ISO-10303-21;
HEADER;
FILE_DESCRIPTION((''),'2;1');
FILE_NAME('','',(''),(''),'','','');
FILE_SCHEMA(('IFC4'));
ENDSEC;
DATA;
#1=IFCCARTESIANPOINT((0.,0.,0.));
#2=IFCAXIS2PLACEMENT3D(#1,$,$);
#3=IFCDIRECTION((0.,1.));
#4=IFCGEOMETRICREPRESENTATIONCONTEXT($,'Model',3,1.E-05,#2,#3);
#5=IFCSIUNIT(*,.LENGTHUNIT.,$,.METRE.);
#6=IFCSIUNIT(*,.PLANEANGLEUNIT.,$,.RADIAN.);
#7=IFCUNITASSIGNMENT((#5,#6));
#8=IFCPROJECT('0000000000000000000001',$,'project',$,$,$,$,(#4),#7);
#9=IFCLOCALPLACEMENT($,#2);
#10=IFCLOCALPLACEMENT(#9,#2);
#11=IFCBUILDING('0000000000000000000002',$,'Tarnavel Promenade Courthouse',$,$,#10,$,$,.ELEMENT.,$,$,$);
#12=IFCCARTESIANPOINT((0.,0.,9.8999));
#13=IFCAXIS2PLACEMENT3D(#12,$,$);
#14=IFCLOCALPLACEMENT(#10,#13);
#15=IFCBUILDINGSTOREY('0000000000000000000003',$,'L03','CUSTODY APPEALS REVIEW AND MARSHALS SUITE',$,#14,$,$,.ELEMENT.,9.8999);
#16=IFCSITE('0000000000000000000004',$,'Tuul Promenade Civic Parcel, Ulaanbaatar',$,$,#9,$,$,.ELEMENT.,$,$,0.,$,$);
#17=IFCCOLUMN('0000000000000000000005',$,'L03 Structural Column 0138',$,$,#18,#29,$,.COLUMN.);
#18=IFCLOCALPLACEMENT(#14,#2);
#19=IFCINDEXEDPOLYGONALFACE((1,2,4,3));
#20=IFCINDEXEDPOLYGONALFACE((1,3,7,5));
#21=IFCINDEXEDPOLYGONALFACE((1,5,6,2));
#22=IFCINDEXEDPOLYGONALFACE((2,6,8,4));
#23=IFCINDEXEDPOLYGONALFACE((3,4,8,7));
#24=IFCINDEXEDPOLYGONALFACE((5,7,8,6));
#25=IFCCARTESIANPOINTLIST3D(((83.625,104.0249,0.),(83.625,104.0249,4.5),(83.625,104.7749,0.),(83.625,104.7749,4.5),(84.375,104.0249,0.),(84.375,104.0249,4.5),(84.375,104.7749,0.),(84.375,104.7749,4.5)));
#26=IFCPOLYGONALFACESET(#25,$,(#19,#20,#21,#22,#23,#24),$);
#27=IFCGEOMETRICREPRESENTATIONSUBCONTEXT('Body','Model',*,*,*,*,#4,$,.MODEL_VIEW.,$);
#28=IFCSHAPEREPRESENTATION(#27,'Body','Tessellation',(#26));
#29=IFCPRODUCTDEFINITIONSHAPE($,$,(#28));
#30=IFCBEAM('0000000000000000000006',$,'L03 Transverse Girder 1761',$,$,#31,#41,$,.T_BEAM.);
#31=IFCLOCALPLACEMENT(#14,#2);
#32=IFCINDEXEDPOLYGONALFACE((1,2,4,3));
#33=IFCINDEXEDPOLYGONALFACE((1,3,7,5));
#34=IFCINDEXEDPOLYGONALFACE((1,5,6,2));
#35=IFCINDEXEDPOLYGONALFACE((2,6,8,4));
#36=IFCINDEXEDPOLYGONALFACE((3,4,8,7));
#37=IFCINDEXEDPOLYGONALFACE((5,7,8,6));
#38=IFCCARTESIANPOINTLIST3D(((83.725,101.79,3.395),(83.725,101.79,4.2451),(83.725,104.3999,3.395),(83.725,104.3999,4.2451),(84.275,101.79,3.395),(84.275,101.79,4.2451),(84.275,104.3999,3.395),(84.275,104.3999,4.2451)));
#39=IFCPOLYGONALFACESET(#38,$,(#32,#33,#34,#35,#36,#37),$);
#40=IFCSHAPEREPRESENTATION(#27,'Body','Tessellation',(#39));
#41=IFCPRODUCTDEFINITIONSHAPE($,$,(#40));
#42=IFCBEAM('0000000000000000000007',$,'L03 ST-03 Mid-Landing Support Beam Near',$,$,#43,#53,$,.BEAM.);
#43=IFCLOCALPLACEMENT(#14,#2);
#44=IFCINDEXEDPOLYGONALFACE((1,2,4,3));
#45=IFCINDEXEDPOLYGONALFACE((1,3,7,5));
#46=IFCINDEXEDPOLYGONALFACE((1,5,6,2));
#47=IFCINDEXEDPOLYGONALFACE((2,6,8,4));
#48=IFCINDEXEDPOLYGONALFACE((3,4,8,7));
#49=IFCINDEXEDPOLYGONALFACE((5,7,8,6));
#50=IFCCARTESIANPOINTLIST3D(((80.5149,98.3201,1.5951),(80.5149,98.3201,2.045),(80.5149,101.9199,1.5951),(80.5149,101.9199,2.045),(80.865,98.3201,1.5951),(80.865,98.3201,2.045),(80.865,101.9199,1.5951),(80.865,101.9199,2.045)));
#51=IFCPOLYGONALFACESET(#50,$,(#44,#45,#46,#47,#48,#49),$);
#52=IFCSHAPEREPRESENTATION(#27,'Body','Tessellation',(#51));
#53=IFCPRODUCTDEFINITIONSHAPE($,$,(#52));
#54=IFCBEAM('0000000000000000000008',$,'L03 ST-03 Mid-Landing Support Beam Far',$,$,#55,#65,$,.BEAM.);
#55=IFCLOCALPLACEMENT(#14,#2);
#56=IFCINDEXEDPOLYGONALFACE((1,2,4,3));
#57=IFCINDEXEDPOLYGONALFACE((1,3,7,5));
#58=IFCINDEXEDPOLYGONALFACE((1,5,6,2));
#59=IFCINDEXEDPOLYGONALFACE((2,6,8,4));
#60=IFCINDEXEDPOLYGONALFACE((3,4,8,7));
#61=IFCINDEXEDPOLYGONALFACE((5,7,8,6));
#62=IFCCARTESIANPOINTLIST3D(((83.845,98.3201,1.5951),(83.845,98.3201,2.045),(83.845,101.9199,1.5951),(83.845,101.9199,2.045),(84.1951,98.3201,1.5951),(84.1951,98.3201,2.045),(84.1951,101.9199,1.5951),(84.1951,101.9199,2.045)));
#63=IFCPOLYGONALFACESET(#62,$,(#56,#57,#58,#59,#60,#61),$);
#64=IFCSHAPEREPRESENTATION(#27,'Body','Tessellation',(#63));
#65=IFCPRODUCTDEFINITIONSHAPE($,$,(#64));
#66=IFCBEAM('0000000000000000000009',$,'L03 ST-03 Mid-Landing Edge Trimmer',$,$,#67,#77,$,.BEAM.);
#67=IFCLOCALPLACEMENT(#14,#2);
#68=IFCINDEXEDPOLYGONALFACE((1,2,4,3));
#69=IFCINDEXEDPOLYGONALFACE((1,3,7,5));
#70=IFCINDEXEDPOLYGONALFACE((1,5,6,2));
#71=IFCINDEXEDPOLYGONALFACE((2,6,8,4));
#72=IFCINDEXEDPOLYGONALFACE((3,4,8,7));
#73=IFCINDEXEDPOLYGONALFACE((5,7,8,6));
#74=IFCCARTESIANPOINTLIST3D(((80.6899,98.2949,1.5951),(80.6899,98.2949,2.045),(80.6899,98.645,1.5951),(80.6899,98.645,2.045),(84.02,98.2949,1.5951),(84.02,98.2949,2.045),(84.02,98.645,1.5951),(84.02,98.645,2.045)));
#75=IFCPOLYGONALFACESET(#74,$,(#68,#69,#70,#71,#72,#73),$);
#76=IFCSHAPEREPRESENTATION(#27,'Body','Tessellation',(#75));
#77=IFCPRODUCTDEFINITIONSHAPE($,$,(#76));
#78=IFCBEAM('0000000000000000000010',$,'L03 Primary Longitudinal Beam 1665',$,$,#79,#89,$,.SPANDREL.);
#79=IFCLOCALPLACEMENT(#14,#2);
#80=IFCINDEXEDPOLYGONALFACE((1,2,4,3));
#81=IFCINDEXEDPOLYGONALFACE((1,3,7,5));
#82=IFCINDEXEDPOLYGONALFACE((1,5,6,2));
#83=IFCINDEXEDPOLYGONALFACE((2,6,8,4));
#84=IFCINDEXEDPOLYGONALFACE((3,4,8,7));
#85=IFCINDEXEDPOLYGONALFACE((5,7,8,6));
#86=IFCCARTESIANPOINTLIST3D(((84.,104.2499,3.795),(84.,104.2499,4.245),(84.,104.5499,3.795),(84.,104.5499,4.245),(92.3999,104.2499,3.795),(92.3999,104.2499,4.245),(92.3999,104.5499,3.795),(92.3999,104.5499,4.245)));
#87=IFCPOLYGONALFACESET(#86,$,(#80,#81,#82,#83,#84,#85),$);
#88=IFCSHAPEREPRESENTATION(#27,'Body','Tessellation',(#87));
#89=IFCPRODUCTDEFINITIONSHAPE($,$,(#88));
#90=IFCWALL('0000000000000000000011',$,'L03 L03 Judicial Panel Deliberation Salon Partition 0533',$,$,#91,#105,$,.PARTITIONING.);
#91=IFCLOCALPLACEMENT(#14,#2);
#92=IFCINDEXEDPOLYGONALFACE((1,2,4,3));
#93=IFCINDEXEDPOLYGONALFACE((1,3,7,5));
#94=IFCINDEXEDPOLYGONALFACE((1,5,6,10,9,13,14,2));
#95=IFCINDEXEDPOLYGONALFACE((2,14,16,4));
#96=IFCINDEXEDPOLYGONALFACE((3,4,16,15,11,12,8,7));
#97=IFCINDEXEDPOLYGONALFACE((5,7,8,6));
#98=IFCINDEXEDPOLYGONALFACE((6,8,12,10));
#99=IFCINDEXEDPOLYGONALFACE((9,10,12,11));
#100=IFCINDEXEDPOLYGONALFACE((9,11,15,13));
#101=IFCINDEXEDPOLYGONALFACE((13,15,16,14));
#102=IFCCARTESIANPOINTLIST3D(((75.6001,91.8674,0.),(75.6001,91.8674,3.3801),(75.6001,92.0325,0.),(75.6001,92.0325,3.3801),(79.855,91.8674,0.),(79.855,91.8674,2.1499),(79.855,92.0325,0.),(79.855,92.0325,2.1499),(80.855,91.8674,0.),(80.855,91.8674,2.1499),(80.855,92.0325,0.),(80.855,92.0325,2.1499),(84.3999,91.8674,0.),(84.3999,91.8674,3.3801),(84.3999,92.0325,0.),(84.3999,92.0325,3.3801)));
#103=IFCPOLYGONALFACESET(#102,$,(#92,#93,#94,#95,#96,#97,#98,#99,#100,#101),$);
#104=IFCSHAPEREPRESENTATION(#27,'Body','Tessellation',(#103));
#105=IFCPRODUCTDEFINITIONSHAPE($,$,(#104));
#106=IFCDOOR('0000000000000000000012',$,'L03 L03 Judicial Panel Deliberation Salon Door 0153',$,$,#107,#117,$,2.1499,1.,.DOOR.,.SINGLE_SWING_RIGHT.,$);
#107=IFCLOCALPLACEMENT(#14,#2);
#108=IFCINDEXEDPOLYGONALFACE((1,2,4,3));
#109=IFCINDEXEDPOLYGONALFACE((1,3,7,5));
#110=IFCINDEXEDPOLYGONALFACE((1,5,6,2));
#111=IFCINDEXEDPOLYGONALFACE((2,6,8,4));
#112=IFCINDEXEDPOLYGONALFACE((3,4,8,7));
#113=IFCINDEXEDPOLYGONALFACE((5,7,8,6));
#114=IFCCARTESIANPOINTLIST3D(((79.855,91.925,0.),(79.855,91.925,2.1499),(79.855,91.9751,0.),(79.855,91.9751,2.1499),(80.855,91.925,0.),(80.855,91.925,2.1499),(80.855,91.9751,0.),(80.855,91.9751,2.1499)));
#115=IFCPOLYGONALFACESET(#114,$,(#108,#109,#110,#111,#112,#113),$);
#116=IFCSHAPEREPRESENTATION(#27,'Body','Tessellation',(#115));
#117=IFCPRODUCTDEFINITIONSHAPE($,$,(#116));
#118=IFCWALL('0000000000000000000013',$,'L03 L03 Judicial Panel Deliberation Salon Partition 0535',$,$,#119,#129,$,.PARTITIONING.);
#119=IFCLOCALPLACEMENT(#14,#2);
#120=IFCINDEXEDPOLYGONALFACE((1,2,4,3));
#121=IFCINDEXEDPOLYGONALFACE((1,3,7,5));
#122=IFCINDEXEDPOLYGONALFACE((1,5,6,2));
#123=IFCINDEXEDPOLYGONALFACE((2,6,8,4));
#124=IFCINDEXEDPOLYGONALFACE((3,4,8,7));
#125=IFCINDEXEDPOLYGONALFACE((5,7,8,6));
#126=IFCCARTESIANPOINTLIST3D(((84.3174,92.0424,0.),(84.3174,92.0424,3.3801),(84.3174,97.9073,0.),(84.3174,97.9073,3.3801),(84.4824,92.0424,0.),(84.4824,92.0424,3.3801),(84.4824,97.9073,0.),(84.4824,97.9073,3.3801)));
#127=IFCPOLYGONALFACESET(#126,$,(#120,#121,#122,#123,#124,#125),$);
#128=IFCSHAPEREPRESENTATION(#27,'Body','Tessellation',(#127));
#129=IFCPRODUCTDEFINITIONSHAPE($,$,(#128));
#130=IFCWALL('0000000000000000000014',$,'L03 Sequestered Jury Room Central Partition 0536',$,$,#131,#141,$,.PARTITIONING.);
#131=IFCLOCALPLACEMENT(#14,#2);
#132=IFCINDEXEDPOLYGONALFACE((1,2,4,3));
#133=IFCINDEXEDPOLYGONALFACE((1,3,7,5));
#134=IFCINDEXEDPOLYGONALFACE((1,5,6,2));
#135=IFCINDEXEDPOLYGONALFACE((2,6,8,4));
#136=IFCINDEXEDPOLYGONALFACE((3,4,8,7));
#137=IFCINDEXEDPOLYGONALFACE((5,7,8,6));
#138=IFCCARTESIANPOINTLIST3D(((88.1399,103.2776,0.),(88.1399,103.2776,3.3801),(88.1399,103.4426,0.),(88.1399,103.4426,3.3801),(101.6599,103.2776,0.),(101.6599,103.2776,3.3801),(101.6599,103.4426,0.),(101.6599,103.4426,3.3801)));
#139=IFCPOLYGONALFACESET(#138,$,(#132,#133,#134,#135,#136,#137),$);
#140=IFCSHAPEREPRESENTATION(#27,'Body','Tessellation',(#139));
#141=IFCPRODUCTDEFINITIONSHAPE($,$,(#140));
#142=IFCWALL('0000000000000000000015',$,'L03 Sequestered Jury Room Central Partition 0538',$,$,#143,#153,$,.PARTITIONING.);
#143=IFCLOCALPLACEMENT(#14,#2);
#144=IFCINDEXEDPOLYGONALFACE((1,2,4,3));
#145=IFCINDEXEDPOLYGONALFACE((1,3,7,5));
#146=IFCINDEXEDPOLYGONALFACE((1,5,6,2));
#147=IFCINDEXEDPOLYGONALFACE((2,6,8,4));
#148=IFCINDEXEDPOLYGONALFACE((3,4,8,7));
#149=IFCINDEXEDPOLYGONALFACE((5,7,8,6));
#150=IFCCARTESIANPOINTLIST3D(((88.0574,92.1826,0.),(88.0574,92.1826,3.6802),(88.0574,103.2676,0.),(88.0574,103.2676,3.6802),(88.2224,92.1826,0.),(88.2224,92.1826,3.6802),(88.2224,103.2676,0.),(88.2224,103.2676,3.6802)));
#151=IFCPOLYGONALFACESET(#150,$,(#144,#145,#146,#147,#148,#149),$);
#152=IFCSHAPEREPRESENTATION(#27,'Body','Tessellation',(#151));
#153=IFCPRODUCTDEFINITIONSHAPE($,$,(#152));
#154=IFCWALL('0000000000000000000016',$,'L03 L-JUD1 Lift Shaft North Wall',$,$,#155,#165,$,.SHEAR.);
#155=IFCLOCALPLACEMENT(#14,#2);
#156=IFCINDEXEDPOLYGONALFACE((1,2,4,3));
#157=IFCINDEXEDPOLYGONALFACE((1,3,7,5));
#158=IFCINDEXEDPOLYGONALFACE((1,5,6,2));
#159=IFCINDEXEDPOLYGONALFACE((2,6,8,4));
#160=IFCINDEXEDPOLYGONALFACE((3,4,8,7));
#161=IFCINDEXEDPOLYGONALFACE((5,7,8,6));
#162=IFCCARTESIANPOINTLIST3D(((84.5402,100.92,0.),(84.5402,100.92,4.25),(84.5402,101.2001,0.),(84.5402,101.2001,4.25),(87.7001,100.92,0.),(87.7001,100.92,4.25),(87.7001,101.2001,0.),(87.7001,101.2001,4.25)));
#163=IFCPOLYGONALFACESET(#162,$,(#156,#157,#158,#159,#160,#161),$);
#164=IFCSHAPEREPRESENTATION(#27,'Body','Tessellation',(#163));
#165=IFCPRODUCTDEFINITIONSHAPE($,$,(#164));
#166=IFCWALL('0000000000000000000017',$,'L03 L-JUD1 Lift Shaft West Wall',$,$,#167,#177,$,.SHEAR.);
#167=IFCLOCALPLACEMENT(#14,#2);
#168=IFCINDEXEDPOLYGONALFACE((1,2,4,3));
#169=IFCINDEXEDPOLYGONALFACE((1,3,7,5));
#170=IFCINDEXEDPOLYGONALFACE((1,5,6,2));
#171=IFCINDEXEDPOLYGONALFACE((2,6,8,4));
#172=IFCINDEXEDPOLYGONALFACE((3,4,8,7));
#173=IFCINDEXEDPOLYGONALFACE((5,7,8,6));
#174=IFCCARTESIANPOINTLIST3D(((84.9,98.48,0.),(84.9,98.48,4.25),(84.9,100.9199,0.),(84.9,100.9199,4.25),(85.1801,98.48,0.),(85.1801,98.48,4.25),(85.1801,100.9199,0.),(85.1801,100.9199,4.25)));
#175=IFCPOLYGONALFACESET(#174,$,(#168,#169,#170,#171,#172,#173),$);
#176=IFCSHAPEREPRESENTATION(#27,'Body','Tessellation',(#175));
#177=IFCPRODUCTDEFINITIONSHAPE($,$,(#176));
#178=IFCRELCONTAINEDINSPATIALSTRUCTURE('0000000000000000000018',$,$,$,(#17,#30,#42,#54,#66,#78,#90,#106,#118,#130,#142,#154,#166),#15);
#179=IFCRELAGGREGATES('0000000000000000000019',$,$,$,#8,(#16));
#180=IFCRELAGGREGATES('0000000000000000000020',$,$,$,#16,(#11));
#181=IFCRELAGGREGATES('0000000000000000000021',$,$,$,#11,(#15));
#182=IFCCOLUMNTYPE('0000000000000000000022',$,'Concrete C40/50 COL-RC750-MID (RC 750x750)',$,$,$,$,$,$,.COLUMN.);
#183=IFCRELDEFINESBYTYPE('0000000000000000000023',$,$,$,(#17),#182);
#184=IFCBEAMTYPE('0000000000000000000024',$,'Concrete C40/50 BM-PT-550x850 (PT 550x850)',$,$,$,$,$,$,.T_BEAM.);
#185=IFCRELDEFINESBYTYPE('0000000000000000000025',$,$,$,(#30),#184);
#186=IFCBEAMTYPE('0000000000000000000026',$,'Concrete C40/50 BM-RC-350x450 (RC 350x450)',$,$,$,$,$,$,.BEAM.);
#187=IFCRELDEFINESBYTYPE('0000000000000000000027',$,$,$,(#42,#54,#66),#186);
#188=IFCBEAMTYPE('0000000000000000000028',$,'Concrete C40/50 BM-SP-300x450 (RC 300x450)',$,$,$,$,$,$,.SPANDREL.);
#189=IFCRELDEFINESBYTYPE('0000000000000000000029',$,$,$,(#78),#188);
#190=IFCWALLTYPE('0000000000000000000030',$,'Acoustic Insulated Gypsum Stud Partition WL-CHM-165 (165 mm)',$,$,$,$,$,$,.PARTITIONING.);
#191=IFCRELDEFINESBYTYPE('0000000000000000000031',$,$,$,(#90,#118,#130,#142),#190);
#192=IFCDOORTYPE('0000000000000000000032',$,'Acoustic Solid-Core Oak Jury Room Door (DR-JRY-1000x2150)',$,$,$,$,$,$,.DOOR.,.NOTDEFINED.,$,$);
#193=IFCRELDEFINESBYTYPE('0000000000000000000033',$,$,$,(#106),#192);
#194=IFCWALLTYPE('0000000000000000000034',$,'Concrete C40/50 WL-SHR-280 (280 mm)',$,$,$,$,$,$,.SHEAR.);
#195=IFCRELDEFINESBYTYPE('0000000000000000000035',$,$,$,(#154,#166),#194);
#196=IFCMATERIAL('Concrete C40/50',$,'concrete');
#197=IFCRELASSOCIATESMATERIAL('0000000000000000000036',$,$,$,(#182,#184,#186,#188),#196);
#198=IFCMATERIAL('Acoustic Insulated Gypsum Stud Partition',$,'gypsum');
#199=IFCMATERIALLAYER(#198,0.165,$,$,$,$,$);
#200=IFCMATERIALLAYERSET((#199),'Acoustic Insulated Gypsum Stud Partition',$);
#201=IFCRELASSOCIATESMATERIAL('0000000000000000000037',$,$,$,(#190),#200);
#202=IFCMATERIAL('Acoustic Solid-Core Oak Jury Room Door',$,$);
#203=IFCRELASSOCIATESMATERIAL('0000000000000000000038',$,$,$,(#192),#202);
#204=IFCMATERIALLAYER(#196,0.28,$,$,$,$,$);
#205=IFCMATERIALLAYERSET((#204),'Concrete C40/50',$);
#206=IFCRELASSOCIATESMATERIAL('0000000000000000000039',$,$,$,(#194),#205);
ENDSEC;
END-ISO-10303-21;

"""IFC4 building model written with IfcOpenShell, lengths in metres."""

from ifc_helpers import new_model, si_unit, direction, frame, frame_2d, origin, origin_2d, place, context, subcontext, project, spatial, rectangle, extrude, material, layer, layer_set, material_profile, profile_set, type_object, element, fill, save


model = new_model("IFC4")

# Units and contexts
model_context = context("Model", 3, precision=1e-05, world=origin(), true_north=direction((0.0, 1.0)))
body_context = subcontext(model_context, "Body", "Model", "MODEL_VIEW")
ifc_project = project(units=[si_unit("LENGTHUNIT", "METRE"), si_unit("PLANEANGLEUNIT", "RADIAN")], contexts=[model_context])

# Site, building, storey
site_placement = place(None, origin())
site = spatial("IfcSite", under=ifc_project, at=site_placement, Name="Tuul Promenade Civic Parcel, Ulaanbaatar", CompositionType="ELEMENT", RefElevation=0.0)
building_placement = place(site_placement, origin())
building = spatial("IfcBuilding", under=site, at=building_placement, Name="Tarnavel Promenade Courthouse", CompositionType="ELEMENT")
storey_placement = place(building_placement, frame((0.0, 0.0, 9.8999)))
storey = spatial("IfcBuildingStorey", under=building, at=storey_placement, Name="L03", Description="CUSTODY APPEALS REVIEW AND MARSHALS SUITE", CompositionType="ELEMENT", Elevation=9.8999)

# Column
ifc_material_1 = material(Name="Concrete C40/50", Category="concrete")
ifc_material_profile_1 = material_profile(ifc_material_1, rectangle(XDim=0.75, YDim=0.75, at=origin_2d()), Name="RC 750x750")
ifc_profile_set_1 = profile_set([ifc_material_profile_1], Name="Concrete C40/50")
column_type = type_object("IfcColumnType", Name="Concrete C40/50 COL-RC750-MID (RC 750x750)", PredefinedType="COLUMN", material=ifc_profile_set_1)
column_placement = place(storey_placement, frame((84.0, 104.3999, 0.0), z_axis=(0.0, 0.0, 1.0), x_axis=(1.0, 0.0, 0.0)))
element("IfcColumn", 1, at=column_placement, inside=storey, type_object=column_type, Name="L03 Structural Column 0138", PredefinedType="COLUMN", context=body_context, shape_type="SweptSolid", body=[
    extrude(rectangle(XDim=0.75, YDim=0.75, at=origin_2d()), origin(), (0.0, 0.0, 1.0), 4.5),
])

# Beams
ifc_material_profile_2 = material_profile(ifc_material_1, rectangle(XDim=0.55, YDim=0.8501, at=origin_2d()), Name="PT 550x850")
ifc_profile_set_2 = profile_set([ifc_material_profile_2], Name="Concrete C40/50")
beam_type_1 = type_object("IfcBeamType", Name="Concrete C40/50 BM-PT-550x850 (PT 550x850)", PredefinedType="T_BEAM", material=ifc_profile_set_2)
beam_1_placement = place(storey_placement, frame((84.0, 101.79, 3.8201), z_axis=(0.0, 1.0, 0.0), x_axis=(-1.0, 0.0, 0.0)))
element("IfcBeam", 2, at=beam_1_placement, inside=storey, type_object=beam_type_1, Name="L03 Transverse Girder 1761", PredefinedType="T_BEAM", context=body_context, shape_type="SweptSolid", body=[
    extrude(rectangle(XDim=0.55, YDim=0.8501, at=origin_2d()), origin(), (0.0, 0.0, 1.0), 2.6099),
])
ifc_material_profile_3 = material_profile(ifc_material_1, rectangle(XDim=0.3501, YDim=0.45, at=origin_2d()), Name="RC 350x450")
ifc_profile_set_3 = profile_set([ifc_material_profile_3], Name="Concrete C40/50")
beam_type_2 = type_object("IfcBeamType", Name="Concrete C40/50 BM-RC-350x450 (RC 350x450)", PredefinedType="BEAM", material=ifc_profile_set_3)
for number, where, z_axis, x_axis, name in (
    (3, (80.6899, 98.3201, 1.8201), (0.0, 1.0, 0.0), (-1.0, 0.0, 0.0), "L03 ST-03 Mid-Landing Support Beam Near"),
    (4, (84.02, 98.3201, 1.8201), (0.0, 1.0, 0.0), (-1.0, 0.0, 0.0), "L03 ST-03 Mid-Landing Support Beam Far"),
):
    element("IfcBeam", number, at=place(storey_placement, frame(where, z_axis=z_axis, x_axis=x_axis)), inside=storey, type_object=beam_type_2, Name=name, PredefinedType="BEAM", context=body_context, shape_type="SweptSolid", body=[
        extrude(rectangle(XDim=0.3501, YDim=0.45, at=origin_2d()), origin(), (0.0, 0.0, 1.0), 3.5999),
    ])
beam_2_placement = place(storey_placement, frame((80.6899, 98.47, 1.8201), z_axis=(1.0, 0.0, 0.0), x_axis=(0.0, 1.0, 0.0)))
element("IfcBeam", 5, at=beam_2_placement, inside=storey, type_object=beam_type_2, Name="L03 ST-03 Mid-Landing Edge Trimmer", PredefinedType="BEAM", context=body_context, shape_type="SweptSolid", body=[
    extrude(rectangle(XDim=0.3501, YDim=0.45, at=origin_2d()), origin(), (0.0, 0.0, 1.0), 3.3301),
])
ifc_material_profile_4 = material_profile(ifc_material_1, rectangle(XDim=0.3, YDim=0.45, at=origin_2d()), Name="RC 300x450")
ifc_profile_set_4 = profile_set([ifc_material_profile_4], Name="Concrete C40/50")
beam_type_3 = type_object("IfcBeamType", Name="Concrete C40/50 BM-SP-300x450 (RC 300x450)", PredefinedType="SPANDREL", material=ifc_profile_set_4)
beam_3_placement = place(storey_placement, frame((84.0, 104.3999, 4.02), z_axis=(1.0, 0.0, 0.0), x_axis=(0.0, 1.0, 0.0)))
element("IfcBeam", 6, at=beam_3_placement, inside=storey, type_object=beam_type_3, Name="L03 Primary Longitudinal Beam 1665", PredefinedType="SPANDREL", context=body_context, shape_type="SweptSolid", body=[
    extrude(rectangle(XDim=0.3, YDim=0.45, at=origin_2d()), origin(), (0.0, 0.0, 1.0), 8.3999),
])

# Wall, opening, door
ifc_material_2 = material(Name="Acoustic Insulated Gypsum Stud Partition", Category="gypsum")
ifc_layer_1 = layer(ifc_material_2, 0.165)
ifc_layer_set_1 = layer_set([ifc_layer_1], Name="Acoustic Insulated Gypsum Stud Partition")
wall_type_1 = type_object("IfcWallType", Name="Acoustic Insulated Gypsum Stud Partition WL-CHM-165 (165 mm)", PredefinedType="PARTITIONING", material=ifc_layer_set_1)
wall_1_placement = place(storey_placement, frame((84.3999, 91.95, 0.0), z_axis=(0.0, 0.0, 1.0), x_axis=(-1.0, 0.0, 0.0)))
wall_1 = element("IfcWall", 7, at=wall_1_placement, inside=storey, type_object=wall_type_1, Name="L03 L03 Judicial Panel Deliberation Salon Partition 0533", PredefinedType="PARTITIONING", context=body_context, shape_type="SweptSolid", body=[
    extrude(rectangle(XDim=8.7998, YDim=0.165, at=frame_2d((4.3999, 0.0))), origin(), (0.0, 0.0, 1.0), 3.3801),
])
opening_1_placement = place(wall_1_placement, frame((3.5449, 0.0, 0.0)))
opening_1 = element("IfcOpeningElement", 8, at=opening_1_placement, cuts=wall_1, PredefinedType="OPENING", context=body_context, shape_type="SweptSolid", body=[
    extrude(rectangle(XDim=1.0, YDim=2.1499, at=frame_2d((0.5, 1.075))), frame((0.0, 0.0925, 0.0), z_axis=(0.0, -1.0, 0.0), x_axis=(1.0, 0.0, 0.0)), (0.0, 0.0, 1.0), 0.1851),
])
ifc_material_3 = material(Name="Acoustic Solid-Core Oak Jury Room Door")
door_type_1 = type_object("IfcDoorType", Name="Acoustic Solid-Core Oak Jury Room Door (DR-JRY-1000x2150)", OperationType="NOTDEFINED", PredefinedType="DOOR", material=ifc_material_3)
door_1_placement = place(opening_1_placement, origin())
door_1 = element("IfcDoor", 9, at=door_1_placement, inside=storey, type_object=door_type_1, Name="L03 L03 Judicial Panel Deliberation Salon Door 0153", OperationType="SINGLE_SWING_RIGHT", OverallHeight=2.1499, OverallWidth=1.0, PredefinedType="DOOR", context=body_context, shape_type="SweptSolid", body=[
    extrude(rectangle(XDim=1.0, YDim=2.1499, at=frame_2d((0.5, 1.075))), frame((0.0, 0.0249, 0.0), z_axis=(0.0, -1.0, 0.0), x_axis=(1.0, 0.0, 0.0)), (0.0, 0.0, 1.0), 0.05),
])
fill(opening_1, door_1)

# Walls
wall_2_placement = place(storey_placement, frame((84.3999, 97.9075, 0.0), z_axis=(0.0, 0.0, 1.0), x_axis=(0.0, -1.0, 0.0)))
element("IfcWall", 10, at=wall_2_placement, inside=storey, type_object=wall_type_1, Name="L03 L03 Judicial Panel Deliberation Salon Partition 0535", PredefinedType="PARTITIONING", context=body_context, shape_type="SweptSolid", body=[
    extrude(rectangle(XDim=5.865, YDim=0.165, at=frame_2d((2.9326, 0.0))), origin(), (0.0, 0.0, 1.0), 3.3801),
])
wall_3_placement = place(storey_placement, frame((88.1399, 103.3601, 0.0), z_axis=(0.0, 0.0, 1.0), x_axis=(1.0, 0.0, 0.0)))
element("IfcWall", 11, at=wall_3_placement, inside=storey, type_object=wall_type_1, Name="L03 Sequestered Jury Room Central Partition 0536", PredefinedType="PARTITIONING", context=body_context, shape_type="SweptSolid", body=[
    extrude(rectangle(XDim=13.52, YDim=0.165, at=frame_2d((6.76, 0.0))), origin(), (0.0, 0.0, 1.0), 3.3801),
])
wall_4_placement = place(storey_placement, frame((88.1399, 92.1826, 0.0), z_axis=(0.0, 0.0, 1.0), x_axis=(0.0, 1.0, 0.0)))
element("IfcWall", 12, at=wall_4_placement, inside=storey, type_object=wall_type_1, Name="L03 Sequestered Jury Room Central Partition 0538", PredefinedType="PARTITIONING", context=body_context, shape_type="SweptSolid", body=[
    extrude(rectangle(XDim=11.085, YDim=0.165, at=frame_2d((5.5425, 0.0))), origin(), (0.0, 0.0, 1.0), 3.6802),
])
ifc_layer_2 = layer(ifc_material_1, 0.28)
ifc_layer_set_2 = layer_set([ifc_layer_2], Name="Concrete C40/50")
wall_type_2 = type_object("IfcWallType", Name="Concrete C40/50 WL-SHR-280 (280 mm)", PredefinedType="SHEAR", material=ifc_layer_set_2)
wall_5_placement = place(storey_placement, frame((84.54, 101.0601, 0.0), z_axis=(0.0, 0.0, 1.0), x_axis=(1.0, 0.0, 0.0)))
element("IfcWall", 13, at=wall_5_placement, inside=storey, type_object=wall_type_2, Name="L03 L-JUD1 Lift Shaft North Wall", PredefinedType="SHEAR", context=body_context, shape_type="SweptSolid", body=[
    extrude(rectangle(XDim=3.1599, YDim=0.28, at=frame_2d((1.5801, 0.0))), origin(), (0.0, 0.0, 1.0), 4.25),
])

# Wall
for number, where, z_axis, x_axis, name in (
    (14, (85.04, 98.48, 0.0), (0.0, 0.0, 1.0), (0.0, 1.0, 0.0), "L03 L-JUD1 Lift Shaft West Wall"),
):
    element("IfcWall", number, at=place(storey_placement, frame(where, z_axis=z_axis, x_axis=x_axis)), inside=storey, type_object=wall_type_2, Name=name, PredefinedType="SHEAR", context=body_context, shape_type="SweptSolid", body=[
        extrude(rectangle(XDim=2.4399, YDim=0.28, at=frame_2d((1.22, 0.0))), origin(), (0.0, 0.0, 1.0), 4.25),
    ])

save(model, "model.ifc")
